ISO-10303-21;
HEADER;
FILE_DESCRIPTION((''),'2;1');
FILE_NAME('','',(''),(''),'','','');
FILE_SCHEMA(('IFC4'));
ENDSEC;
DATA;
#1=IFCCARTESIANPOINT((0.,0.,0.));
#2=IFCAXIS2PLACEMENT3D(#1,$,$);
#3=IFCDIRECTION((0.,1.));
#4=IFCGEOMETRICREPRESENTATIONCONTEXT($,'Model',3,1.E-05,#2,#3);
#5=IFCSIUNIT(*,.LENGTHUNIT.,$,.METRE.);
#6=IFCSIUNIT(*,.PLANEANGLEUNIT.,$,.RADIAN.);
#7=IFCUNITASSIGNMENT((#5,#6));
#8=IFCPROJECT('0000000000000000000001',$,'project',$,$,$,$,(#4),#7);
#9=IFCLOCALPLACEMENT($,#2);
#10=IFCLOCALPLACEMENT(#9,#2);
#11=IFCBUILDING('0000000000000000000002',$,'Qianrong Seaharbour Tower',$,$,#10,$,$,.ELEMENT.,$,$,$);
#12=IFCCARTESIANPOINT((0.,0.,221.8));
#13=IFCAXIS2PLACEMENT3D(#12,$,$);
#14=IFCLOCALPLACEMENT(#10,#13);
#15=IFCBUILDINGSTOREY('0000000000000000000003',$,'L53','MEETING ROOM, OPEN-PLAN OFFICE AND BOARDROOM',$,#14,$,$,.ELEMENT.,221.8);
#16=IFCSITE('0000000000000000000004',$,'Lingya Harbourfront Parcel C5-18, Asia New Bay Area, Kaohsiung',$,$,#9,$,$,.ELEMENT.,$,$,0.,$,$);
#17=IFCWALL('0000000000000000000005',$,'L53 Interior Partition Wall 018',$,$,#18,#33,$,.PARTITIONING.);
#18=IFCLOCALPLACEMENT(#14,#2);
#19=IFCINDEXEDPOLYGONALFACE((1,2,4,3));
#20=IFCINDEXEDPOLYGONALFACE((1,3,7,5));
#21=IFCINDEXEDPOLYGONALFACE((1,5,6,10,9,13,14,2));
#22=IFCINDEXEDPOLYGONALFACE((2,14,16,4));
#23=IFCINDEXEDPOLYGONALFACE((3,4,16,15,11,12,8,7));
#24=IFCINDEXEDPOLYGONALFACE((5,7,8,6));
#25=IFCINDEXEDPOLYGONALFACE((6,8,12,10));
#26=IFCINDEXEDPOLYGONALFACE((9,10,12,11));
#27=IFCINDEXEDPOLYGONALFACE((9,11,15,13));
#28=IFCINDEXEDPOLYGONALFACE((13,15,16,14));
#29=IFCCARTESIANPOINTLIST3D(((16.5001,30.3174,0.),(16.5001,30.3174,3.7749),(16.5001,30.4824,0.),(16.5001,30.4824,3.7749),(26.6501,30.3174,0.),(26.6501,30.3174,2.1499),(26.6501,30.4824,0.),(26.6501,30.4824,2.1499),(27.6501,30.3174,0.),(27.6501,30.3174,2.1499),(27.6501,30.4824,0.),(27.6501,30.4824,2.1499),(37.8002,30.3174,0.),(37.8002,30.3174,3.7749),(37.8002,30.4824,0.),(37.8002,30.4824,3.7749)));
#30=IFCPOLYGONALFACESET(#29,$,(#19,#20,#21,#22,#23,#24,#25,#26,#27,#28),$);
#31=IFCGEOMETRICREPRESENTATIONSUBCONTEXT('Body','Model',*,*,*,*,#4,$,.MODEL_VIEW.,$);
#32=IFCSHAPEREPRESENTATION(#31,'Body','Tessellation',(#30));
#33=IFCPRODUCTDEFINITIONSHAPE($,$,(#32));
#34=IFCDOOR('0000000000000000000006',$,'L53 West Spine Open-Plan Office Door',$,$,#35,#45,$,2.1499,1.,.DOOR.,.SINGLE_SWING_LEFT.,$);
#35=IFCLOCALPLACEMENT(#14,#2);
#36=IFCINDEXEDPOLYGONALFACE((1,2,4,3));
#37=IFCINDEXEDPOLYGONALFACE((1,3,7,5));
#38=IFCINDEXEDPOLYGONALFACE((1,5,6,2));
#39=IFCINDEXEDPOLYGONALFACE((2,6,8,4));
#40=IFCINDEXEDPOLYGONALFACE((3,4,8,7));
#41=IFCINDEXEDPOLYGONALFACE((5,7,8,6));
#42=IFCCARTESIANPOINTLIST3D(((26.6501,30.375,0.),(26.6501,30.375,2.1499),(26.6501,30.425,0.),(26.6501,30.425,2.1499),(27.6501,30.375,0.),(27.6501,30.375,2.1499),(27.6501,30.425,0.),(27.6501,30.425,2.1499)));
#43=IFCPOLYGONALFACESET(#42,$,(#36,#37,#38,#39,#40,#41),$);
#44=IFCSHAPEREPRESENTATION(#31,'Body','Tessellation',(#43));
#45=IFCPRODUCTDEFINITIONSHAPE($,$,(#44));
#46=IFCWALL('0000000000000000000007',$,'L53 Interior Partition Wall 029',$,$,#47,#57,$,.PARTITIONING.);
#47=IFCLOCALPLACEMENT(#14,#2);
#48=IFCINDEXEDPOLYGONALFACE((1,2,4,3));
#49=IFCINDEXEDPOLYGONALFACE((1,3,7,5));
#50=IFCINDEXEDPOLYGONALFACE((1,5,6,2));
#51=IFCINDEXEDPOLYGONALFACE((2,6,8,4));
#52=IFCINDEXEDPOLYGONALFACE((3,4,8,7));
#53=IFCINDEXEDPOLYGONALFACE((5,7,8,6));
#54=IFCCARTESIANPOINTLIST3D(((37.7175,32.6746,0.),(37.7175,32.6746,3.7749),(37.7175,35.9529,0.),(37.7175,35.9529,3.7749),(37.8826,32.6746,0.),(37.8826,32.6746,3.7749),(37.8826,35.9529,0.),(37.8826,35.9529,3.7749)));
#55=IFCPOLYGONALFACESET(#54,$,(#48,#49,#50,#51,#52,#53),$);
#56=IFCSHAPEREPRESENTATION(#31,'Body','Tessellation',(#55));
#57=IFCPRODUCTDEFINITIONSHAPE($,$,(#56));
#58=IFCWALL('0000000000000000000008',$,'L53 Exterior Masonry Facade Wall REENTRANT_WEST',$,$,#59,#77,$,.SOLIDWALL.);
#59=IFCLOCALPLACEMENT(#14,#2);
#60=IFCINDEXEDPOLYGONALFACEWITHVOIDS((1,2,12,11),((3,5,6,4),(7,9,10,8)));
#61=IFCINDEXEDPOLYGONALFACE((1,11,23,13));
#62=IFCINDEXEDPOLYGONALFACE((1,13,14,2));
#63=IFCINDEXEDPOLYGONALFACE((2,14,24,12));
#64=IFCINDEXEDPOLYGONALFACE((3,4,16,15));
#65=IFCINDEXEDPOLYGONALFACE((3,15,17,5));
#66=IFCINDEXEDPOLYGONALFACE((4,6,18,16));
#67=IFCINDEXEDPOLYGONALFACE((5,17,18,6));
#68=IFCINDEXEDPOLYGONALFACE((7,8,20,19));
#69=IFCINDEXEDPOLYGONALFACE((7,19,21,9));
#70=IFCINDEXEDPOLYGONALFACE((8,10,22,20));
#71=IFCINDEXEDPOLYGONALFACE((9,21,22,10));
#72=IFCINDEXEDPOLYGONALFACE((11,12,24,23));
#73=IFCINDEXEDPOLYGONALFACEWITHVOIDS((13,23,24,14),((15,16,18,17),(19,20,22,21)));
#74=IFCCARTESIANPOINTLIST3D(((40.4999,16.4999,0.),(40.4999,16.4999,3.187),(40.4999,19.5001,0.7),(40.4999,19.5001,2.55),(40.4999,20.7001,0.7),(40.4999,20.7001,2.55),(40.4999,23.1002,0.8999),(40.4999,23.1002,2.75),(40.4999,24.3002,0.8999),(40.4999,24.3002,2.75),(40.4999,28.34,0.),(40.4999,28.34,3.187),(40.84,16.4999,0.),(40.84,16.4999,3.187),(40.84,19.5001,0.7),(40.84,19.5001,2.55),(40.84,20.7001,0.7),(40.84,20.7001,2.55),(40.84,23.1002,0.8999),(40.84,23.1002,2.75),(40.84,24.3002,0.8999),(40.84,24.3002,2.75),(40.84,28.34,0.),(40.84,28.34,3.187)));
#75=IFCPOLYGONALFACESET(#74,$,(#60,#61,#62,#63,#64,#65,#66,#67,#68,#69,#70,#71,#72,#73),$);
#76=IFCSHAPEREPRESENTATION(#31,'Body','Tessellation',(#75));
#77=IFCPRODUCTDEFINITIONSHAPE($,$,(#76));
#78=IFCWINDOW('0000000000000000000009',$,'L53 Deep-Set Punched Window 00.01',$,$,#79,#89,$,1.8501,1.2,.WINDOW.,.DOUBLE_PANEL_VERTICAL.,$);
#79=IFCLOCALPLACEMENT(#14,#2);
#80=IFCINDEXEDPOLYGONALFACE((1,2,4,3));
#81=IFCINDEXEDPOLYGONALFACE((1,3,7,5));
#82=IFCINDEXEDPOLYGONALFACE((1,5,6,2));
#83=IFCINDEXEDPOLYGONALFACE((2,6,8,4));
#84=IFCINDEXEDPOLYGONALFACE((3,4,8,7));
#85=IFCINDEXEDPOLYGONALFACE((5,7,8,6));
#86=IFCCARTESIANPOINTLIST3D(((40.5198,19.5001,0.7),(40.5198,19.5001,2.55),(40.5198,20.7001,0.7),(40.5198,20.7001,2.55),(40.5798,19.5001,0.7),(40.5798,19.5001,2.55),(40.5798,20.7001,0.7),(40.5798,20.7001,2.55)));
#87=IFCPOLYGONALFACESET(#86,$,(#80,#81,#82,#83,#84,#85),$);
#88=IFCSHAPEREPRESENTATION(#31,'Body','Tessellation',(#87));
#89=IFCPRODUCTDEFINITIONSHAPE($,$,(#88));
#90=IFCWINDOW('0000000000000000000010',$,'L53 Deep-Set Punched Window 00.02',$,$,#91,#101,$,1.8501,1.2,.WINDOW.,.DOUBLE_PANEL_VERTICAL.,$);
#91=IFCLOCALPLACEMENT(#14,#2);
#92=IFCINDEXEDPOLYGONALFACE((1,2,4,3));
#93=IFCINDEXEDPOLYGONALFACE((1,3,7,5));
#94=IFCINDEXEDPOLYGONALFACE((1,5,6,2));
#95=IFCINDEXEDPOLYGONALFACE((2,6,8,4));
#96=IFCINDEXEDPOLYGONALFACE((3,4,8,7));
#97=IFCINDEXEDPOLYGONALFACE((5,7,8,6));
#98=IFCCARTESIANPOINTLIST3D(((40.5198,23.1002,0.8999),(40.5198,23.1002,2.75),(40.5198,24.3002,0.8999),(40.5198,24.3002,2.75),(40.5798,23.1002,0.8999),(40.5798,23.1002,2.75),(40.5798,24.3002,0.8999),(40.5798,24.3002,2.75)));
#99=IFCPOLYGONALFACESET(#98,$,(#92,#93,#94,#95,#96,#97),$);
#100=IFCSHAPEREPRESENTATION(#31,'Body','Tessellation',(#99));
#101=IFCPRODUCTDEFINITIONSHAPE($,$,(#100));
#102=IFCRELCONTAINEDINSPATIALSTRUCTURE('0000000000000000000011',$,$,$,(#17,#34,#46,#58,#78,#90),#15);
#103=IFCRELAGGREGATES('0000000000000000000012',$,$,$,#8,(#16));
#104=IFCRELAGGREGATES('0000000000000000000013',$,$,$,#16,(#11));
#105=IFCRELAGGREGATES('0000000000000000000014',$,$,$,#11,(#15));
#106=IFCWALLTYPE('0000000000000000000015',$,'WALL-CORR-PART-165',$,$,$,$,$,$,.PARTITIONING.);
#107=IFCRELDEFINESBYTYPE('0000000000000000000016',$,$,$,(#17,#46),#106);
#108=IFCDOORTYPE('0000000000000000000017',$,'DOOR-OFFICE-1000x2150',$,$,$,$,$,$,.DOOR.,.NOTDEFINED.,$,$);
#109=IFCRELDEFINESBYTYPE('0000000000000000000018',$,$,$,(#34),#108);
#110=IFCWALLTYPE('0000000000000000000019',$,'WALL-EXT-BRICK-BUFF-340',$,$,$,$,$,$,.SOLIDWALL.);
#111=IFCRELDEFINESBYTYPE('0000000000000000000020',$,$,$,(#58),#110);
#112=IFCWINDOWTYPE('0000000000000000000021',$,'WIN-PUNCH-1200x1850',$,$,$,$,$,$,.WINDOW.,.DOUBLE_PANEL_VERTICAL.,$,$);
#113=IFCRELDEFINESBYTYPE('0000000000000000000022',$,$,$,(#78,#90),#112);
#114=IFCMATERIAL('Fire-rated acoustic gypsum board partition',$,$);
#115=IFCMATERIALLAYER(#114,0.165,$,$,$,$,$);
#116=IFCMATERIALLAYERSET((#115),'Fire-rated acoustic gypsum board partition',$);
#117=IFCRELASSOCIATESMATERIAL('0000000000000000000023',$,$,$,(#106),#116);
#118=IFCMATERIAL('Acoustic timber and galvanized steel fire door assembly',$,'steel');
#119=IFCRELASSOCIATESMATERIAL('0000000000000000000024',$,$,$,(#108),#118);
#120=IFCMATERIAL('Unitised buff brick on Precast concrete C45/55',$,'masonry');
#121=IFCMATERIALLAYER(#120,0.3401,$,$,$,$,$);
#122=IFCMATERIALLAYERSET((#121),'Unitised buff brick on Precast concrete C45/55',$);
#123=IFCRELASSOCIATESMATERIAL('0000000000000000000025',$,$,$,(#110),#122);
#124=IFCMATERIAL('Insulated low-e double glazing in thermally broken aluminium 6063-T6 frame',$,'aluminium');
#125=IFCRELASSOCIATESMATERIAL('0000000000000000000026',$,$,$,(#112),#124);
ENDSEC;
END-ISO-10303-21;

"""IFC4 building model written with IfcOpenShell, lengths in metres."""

from ifc_helpers import new_model, si_unit, direction, frame, frame_2d, origin, place, context, subcontext, project, spatial, rectangle, extrude, material, layer, layer_set, type_object, element, fill, save


model = new_model("IFC4")

# Units and contexts
model_context = context("Model", 3, precision=1e-05, world=origin(), true_north=direction((0.0, 1.0)))
body_context = subcontext(model_context, "Body", "Model", "MODEL_VIEW")
ifc_project = project(units=[si_unit("LENGTHUNIT", "METRE"), si_unit("PLANEANGLEUNIT", "RADIAN")], contexts=[model_context])

# Site, building, storey
site_placement = place(None, origin())
site = spatial("IfcSite", under=ifc_project, at=site_placement, Name="Lingya Harbourfront Parcel C5-18, Asia New Bay Area, Kaohsiung", CompositionType="ELEMENT", RefElevation=0.0)
building_placement = place(site_placement, origin())
building = spatial("IfcBuilding", under=site, at=building_placement, Name="Qianrong Seaharbour Tower", CompositionType="ELEMENT")
storey_placement = place(building_placement, frame((0.0, 0.0, 221.8)))
storey = spatial("IfcBuildingStorey", under=building, at=storey_placement, Name="L53", Description="MEETING ROOM, OPEN-PLAN OFFICE AND BOARDROOM", CompositionType="ELEMENT", Elevation=221.8)

# Wall, opening, door
ifc_material_1 = material(Name="Fire-rated acoustic gypsum board partition")
ifc_layer_1 = layer(ifc_material_1, 0.165)
ifc_layer_set_1 = layer_set([ifc_layer_1], Name="Fire-rated acoustic gypsum board partition")
wall_type_1 = type_object("IfcWallType", Name="WALL-CORR-PART-165", PredefinedType="PARTITIONING", material=ifc_layer_set_1)
wall_1_placement = place(storey_placement, frame((37.8, 30.3999, 0.0), z_axis=(0.0, 0.0, 1.0), x_axis=(-1.0, 0.0, 0.0)))
wall_1 = element("IfcWall", 1, at=wall_1_placement, inside=storey, type_object=wall_type_1, Name="L53 Interior Partition Wall 018", PredefinedType="PARTITIONING", context=body_context, shape_type="SweptSolid", body=[
    extrude(rectangle(XDim=21.3, YDim=0.165, at=frame_2d((10.6499, 0.0))), origin(), (0.0, 0.0, 1.0), 3.7749),
])
opening_1_placement = place(wall_1_placement, frame((10.1499, 0.0, 0.0)))
opening_1 = element("IfcOpeningElement", 2, at=opening_1_placement, cuts=wall_1, PredefinedType="OPENING", context=body_context, shape_type="SweptSolid", body=[
    extrude(rectangle(XDim=1.0, YDim=2.1499, at=frame_2d((0.5, 1.075))), frame((0.0, 0.0925, 0.0), z_axis=(0.0, -1.0, 0.0), x_axis=(1.0, 0.0, 0.0)), (0.0, 0.0, 1.0), 0.1851),
])
ifc_material_2 = material(Name="Acoustic timber and galvanized steel fire door assembly", Category="steel")
door_type = type_object("IfcDoorType", Name="DOOR-OFFICE-1000x2150", OperationType="NOTDEFINED", PredefinedType="DOOR", material=ifc_material_2)
door_placement = place(opening_1_placement, origin())
door = element("IfcDoor", 3, at=door_placement, inside=storey, type_object=door_type, Name="L53 West Spine Open-Plan Office Door", OperationType="SINGLE_SWING_LEFT", OverallHeight=2.1499, OverallWidth=1.0, PredefinedType="DOOR", context=body_context, shape_type="SweptSolid", body=[
    extrude(rectangle(XDim=1.0, YDim=2.1499, at=frame_2d((0.5, 1.075))), frame((0.0, 0.0249, 0.0), z_axis=(0.0, -1.0, 0.0), x_axis=(1.0, 0.0, 0.0)), (0.0, 0.0, 1.0), 0.05),
])
fill(opening_1, door)

# Wall
wall_2_placement = place(storey_placement, frame((37.8, 32.6746, 0.0), z_axis=(0.0, 0.0, 1.0), x_axis=(0.0, 1.0, 0.0)))
element("IfcWall", 4, at=wall_2_placement, inside=storey, type_object=wall_type_1, Name="L53 Interior Partition Wall 029", PredefinedType="PARTITIONING", context=body_context, shape_type="SweptSolid", body=[
    extrude(rectangle(XDim=3.2783, YDim=0.165, at=frame_2d((1.6392, 0.0))), origin(), (0.0, 0.0, 1.0), 3.7749),
])

# Wall, openings, windows
ifc_material_3 = material(Name="Unitised buff brick on Precast concrete C45/55", Category="masonry")
ifc_layer_2 = layer(ifc_material_3, 0.3401)
ifc_layer_set_2 = layer_set([ifc_layer_2], Name="Unitised buff brick on Precast concrete C45/55")
wall_type_2 = type_object("IfcWallType", Name="WALL-EXT-BRICK-BUFF-340", PredefinedType="SOLIDWALL", material=ifc_layer_set_2)
wall_3_placement = place(storey_placement, frame((40.6699, 16.5, 0.0), z_axis=(0.0, 0.0, 1.0), x_axis=(0.0, 1.0, 0.0)))
wall_3 = element("IfcWall", 5, at=wall_3_placement, inside=storey, type_object=wall_type_2, Name="L53 Exterior Masonry Facade Wall REENTRANT_WEST", PredefinedType="SOLIDWALL", context=body_context, shape_type="SweptSolid", body=[
    extrude(rectangle(XDim=11.8401, YDim=0.3401, at=frame_2d((5.9199, 0.0))), origin(), (0.0, 0.0, 1.0), 3.187),
])
opening_2_placement = place(wall_3_placement, frame((3.0, 0.0, 0.7)))
opening_2 = element("IfcOpeningElement", 6, at=opening_2_placement, cuts=wall_3, PredefinedType="OPENING", context=body_context, shape_type="SweptSolid", body=[
    extrude(rectangle(XDim=1.2, YDim=1.8501, at=frame_2d((0.6001, 0.925))), frame((0.0, 0.1802, 0.0), z_axis=(0.0, -1.0, 0.0), x_axis=(1.0, 0.0, 0.0)), (0.0, 0.0, 1.0), 0.3601),
])
opening_3_placement = place(wall_3_placement, frame((6.6001, 0.0, 0.8999)))
opening_3 = element("IfcOpeningElement", 7, at=opening_3_placement, cuts=wall_3, PredefinedType="OPENING", context=body_context, shape_type="SweptSolid", body=[
    extrude(rectangle(XDim=1.2, YDim=1.8501, at=frame_2d((0.6001, 0.925))), frame((0.0, 0.1802, 0.0), z_axis=(0.0, -1.0, 0.0), x_axis=(1.0, 0.0, 0.0)), (0.0, 0.0, 1.0), 0.3601),
])
ifc_material_4 = material(Name="Insulated low-e double glazing in thermally broken aluminium 6063-T6 frame", Category="aluminium")
window_type_1 = type_object("IfcWindowType", Name="WIN-PUNCH-1200x1850", PartitioningType="DOUBLE_PANEL_VERTICAL", PredefinedType="WINDOW", material=ifc_material_4)
window_1_placement = place(opening_2_placement, origin())
window_1 = element("IfcWindow", 8, at=window_1_placement, inside=storey, type_object=window_type_1, Name="L53 Deep-Set Punched Window 00.01", OverallHeight=1.8501, OverallWidth=1.2, PartitioningType="DOUBLE_PANEL_VERTICAL", PredefinedType="WINDOW", context=body_context, shape_type="SweptSolid", body=[
    extrude(rectangle(XDim=1.2, YDim=1.8501, at=frame_2d((0.6001, 0.925))), frame((0.0, 0.1501, 0.0), z_axis=(0.0, -1.0, 0.0), x_axis=(1.0, 0.0, 0.0)), (0.0, 0.0, 1.0), 0.0601),
])
fill(opening_2, window_1)
window_2_placement = place(opening_3_placement, origin())
window_2 = element("IfcWindow", 9, at=window_2_placement, inside=storey, type_object=window_type_1, Name="L53 Deep-Set Punched Window 00.02", OverallHeight=1.8501, OverallWidth=1.2, PartitioningType="DOUBLE_PANEL_VERTICAL", PredefinedType="WINDOW", context=body_context, shape_type="SweptSolid", body=[
    extrude(rectangle(XDim=1.2, YDim=1.8501, at=frame_2d((0.6001, 0.925))), frame((0.0, 0.1501, 0.0), z_axis=(0.0, -1.0, 0.0), x_axis=(1.0, 0.0, 0.0)), (0.0, 0.0, 1.0), 0.0601),
])
fill(opening_3, window_2)

save(model, "model.ifc")
